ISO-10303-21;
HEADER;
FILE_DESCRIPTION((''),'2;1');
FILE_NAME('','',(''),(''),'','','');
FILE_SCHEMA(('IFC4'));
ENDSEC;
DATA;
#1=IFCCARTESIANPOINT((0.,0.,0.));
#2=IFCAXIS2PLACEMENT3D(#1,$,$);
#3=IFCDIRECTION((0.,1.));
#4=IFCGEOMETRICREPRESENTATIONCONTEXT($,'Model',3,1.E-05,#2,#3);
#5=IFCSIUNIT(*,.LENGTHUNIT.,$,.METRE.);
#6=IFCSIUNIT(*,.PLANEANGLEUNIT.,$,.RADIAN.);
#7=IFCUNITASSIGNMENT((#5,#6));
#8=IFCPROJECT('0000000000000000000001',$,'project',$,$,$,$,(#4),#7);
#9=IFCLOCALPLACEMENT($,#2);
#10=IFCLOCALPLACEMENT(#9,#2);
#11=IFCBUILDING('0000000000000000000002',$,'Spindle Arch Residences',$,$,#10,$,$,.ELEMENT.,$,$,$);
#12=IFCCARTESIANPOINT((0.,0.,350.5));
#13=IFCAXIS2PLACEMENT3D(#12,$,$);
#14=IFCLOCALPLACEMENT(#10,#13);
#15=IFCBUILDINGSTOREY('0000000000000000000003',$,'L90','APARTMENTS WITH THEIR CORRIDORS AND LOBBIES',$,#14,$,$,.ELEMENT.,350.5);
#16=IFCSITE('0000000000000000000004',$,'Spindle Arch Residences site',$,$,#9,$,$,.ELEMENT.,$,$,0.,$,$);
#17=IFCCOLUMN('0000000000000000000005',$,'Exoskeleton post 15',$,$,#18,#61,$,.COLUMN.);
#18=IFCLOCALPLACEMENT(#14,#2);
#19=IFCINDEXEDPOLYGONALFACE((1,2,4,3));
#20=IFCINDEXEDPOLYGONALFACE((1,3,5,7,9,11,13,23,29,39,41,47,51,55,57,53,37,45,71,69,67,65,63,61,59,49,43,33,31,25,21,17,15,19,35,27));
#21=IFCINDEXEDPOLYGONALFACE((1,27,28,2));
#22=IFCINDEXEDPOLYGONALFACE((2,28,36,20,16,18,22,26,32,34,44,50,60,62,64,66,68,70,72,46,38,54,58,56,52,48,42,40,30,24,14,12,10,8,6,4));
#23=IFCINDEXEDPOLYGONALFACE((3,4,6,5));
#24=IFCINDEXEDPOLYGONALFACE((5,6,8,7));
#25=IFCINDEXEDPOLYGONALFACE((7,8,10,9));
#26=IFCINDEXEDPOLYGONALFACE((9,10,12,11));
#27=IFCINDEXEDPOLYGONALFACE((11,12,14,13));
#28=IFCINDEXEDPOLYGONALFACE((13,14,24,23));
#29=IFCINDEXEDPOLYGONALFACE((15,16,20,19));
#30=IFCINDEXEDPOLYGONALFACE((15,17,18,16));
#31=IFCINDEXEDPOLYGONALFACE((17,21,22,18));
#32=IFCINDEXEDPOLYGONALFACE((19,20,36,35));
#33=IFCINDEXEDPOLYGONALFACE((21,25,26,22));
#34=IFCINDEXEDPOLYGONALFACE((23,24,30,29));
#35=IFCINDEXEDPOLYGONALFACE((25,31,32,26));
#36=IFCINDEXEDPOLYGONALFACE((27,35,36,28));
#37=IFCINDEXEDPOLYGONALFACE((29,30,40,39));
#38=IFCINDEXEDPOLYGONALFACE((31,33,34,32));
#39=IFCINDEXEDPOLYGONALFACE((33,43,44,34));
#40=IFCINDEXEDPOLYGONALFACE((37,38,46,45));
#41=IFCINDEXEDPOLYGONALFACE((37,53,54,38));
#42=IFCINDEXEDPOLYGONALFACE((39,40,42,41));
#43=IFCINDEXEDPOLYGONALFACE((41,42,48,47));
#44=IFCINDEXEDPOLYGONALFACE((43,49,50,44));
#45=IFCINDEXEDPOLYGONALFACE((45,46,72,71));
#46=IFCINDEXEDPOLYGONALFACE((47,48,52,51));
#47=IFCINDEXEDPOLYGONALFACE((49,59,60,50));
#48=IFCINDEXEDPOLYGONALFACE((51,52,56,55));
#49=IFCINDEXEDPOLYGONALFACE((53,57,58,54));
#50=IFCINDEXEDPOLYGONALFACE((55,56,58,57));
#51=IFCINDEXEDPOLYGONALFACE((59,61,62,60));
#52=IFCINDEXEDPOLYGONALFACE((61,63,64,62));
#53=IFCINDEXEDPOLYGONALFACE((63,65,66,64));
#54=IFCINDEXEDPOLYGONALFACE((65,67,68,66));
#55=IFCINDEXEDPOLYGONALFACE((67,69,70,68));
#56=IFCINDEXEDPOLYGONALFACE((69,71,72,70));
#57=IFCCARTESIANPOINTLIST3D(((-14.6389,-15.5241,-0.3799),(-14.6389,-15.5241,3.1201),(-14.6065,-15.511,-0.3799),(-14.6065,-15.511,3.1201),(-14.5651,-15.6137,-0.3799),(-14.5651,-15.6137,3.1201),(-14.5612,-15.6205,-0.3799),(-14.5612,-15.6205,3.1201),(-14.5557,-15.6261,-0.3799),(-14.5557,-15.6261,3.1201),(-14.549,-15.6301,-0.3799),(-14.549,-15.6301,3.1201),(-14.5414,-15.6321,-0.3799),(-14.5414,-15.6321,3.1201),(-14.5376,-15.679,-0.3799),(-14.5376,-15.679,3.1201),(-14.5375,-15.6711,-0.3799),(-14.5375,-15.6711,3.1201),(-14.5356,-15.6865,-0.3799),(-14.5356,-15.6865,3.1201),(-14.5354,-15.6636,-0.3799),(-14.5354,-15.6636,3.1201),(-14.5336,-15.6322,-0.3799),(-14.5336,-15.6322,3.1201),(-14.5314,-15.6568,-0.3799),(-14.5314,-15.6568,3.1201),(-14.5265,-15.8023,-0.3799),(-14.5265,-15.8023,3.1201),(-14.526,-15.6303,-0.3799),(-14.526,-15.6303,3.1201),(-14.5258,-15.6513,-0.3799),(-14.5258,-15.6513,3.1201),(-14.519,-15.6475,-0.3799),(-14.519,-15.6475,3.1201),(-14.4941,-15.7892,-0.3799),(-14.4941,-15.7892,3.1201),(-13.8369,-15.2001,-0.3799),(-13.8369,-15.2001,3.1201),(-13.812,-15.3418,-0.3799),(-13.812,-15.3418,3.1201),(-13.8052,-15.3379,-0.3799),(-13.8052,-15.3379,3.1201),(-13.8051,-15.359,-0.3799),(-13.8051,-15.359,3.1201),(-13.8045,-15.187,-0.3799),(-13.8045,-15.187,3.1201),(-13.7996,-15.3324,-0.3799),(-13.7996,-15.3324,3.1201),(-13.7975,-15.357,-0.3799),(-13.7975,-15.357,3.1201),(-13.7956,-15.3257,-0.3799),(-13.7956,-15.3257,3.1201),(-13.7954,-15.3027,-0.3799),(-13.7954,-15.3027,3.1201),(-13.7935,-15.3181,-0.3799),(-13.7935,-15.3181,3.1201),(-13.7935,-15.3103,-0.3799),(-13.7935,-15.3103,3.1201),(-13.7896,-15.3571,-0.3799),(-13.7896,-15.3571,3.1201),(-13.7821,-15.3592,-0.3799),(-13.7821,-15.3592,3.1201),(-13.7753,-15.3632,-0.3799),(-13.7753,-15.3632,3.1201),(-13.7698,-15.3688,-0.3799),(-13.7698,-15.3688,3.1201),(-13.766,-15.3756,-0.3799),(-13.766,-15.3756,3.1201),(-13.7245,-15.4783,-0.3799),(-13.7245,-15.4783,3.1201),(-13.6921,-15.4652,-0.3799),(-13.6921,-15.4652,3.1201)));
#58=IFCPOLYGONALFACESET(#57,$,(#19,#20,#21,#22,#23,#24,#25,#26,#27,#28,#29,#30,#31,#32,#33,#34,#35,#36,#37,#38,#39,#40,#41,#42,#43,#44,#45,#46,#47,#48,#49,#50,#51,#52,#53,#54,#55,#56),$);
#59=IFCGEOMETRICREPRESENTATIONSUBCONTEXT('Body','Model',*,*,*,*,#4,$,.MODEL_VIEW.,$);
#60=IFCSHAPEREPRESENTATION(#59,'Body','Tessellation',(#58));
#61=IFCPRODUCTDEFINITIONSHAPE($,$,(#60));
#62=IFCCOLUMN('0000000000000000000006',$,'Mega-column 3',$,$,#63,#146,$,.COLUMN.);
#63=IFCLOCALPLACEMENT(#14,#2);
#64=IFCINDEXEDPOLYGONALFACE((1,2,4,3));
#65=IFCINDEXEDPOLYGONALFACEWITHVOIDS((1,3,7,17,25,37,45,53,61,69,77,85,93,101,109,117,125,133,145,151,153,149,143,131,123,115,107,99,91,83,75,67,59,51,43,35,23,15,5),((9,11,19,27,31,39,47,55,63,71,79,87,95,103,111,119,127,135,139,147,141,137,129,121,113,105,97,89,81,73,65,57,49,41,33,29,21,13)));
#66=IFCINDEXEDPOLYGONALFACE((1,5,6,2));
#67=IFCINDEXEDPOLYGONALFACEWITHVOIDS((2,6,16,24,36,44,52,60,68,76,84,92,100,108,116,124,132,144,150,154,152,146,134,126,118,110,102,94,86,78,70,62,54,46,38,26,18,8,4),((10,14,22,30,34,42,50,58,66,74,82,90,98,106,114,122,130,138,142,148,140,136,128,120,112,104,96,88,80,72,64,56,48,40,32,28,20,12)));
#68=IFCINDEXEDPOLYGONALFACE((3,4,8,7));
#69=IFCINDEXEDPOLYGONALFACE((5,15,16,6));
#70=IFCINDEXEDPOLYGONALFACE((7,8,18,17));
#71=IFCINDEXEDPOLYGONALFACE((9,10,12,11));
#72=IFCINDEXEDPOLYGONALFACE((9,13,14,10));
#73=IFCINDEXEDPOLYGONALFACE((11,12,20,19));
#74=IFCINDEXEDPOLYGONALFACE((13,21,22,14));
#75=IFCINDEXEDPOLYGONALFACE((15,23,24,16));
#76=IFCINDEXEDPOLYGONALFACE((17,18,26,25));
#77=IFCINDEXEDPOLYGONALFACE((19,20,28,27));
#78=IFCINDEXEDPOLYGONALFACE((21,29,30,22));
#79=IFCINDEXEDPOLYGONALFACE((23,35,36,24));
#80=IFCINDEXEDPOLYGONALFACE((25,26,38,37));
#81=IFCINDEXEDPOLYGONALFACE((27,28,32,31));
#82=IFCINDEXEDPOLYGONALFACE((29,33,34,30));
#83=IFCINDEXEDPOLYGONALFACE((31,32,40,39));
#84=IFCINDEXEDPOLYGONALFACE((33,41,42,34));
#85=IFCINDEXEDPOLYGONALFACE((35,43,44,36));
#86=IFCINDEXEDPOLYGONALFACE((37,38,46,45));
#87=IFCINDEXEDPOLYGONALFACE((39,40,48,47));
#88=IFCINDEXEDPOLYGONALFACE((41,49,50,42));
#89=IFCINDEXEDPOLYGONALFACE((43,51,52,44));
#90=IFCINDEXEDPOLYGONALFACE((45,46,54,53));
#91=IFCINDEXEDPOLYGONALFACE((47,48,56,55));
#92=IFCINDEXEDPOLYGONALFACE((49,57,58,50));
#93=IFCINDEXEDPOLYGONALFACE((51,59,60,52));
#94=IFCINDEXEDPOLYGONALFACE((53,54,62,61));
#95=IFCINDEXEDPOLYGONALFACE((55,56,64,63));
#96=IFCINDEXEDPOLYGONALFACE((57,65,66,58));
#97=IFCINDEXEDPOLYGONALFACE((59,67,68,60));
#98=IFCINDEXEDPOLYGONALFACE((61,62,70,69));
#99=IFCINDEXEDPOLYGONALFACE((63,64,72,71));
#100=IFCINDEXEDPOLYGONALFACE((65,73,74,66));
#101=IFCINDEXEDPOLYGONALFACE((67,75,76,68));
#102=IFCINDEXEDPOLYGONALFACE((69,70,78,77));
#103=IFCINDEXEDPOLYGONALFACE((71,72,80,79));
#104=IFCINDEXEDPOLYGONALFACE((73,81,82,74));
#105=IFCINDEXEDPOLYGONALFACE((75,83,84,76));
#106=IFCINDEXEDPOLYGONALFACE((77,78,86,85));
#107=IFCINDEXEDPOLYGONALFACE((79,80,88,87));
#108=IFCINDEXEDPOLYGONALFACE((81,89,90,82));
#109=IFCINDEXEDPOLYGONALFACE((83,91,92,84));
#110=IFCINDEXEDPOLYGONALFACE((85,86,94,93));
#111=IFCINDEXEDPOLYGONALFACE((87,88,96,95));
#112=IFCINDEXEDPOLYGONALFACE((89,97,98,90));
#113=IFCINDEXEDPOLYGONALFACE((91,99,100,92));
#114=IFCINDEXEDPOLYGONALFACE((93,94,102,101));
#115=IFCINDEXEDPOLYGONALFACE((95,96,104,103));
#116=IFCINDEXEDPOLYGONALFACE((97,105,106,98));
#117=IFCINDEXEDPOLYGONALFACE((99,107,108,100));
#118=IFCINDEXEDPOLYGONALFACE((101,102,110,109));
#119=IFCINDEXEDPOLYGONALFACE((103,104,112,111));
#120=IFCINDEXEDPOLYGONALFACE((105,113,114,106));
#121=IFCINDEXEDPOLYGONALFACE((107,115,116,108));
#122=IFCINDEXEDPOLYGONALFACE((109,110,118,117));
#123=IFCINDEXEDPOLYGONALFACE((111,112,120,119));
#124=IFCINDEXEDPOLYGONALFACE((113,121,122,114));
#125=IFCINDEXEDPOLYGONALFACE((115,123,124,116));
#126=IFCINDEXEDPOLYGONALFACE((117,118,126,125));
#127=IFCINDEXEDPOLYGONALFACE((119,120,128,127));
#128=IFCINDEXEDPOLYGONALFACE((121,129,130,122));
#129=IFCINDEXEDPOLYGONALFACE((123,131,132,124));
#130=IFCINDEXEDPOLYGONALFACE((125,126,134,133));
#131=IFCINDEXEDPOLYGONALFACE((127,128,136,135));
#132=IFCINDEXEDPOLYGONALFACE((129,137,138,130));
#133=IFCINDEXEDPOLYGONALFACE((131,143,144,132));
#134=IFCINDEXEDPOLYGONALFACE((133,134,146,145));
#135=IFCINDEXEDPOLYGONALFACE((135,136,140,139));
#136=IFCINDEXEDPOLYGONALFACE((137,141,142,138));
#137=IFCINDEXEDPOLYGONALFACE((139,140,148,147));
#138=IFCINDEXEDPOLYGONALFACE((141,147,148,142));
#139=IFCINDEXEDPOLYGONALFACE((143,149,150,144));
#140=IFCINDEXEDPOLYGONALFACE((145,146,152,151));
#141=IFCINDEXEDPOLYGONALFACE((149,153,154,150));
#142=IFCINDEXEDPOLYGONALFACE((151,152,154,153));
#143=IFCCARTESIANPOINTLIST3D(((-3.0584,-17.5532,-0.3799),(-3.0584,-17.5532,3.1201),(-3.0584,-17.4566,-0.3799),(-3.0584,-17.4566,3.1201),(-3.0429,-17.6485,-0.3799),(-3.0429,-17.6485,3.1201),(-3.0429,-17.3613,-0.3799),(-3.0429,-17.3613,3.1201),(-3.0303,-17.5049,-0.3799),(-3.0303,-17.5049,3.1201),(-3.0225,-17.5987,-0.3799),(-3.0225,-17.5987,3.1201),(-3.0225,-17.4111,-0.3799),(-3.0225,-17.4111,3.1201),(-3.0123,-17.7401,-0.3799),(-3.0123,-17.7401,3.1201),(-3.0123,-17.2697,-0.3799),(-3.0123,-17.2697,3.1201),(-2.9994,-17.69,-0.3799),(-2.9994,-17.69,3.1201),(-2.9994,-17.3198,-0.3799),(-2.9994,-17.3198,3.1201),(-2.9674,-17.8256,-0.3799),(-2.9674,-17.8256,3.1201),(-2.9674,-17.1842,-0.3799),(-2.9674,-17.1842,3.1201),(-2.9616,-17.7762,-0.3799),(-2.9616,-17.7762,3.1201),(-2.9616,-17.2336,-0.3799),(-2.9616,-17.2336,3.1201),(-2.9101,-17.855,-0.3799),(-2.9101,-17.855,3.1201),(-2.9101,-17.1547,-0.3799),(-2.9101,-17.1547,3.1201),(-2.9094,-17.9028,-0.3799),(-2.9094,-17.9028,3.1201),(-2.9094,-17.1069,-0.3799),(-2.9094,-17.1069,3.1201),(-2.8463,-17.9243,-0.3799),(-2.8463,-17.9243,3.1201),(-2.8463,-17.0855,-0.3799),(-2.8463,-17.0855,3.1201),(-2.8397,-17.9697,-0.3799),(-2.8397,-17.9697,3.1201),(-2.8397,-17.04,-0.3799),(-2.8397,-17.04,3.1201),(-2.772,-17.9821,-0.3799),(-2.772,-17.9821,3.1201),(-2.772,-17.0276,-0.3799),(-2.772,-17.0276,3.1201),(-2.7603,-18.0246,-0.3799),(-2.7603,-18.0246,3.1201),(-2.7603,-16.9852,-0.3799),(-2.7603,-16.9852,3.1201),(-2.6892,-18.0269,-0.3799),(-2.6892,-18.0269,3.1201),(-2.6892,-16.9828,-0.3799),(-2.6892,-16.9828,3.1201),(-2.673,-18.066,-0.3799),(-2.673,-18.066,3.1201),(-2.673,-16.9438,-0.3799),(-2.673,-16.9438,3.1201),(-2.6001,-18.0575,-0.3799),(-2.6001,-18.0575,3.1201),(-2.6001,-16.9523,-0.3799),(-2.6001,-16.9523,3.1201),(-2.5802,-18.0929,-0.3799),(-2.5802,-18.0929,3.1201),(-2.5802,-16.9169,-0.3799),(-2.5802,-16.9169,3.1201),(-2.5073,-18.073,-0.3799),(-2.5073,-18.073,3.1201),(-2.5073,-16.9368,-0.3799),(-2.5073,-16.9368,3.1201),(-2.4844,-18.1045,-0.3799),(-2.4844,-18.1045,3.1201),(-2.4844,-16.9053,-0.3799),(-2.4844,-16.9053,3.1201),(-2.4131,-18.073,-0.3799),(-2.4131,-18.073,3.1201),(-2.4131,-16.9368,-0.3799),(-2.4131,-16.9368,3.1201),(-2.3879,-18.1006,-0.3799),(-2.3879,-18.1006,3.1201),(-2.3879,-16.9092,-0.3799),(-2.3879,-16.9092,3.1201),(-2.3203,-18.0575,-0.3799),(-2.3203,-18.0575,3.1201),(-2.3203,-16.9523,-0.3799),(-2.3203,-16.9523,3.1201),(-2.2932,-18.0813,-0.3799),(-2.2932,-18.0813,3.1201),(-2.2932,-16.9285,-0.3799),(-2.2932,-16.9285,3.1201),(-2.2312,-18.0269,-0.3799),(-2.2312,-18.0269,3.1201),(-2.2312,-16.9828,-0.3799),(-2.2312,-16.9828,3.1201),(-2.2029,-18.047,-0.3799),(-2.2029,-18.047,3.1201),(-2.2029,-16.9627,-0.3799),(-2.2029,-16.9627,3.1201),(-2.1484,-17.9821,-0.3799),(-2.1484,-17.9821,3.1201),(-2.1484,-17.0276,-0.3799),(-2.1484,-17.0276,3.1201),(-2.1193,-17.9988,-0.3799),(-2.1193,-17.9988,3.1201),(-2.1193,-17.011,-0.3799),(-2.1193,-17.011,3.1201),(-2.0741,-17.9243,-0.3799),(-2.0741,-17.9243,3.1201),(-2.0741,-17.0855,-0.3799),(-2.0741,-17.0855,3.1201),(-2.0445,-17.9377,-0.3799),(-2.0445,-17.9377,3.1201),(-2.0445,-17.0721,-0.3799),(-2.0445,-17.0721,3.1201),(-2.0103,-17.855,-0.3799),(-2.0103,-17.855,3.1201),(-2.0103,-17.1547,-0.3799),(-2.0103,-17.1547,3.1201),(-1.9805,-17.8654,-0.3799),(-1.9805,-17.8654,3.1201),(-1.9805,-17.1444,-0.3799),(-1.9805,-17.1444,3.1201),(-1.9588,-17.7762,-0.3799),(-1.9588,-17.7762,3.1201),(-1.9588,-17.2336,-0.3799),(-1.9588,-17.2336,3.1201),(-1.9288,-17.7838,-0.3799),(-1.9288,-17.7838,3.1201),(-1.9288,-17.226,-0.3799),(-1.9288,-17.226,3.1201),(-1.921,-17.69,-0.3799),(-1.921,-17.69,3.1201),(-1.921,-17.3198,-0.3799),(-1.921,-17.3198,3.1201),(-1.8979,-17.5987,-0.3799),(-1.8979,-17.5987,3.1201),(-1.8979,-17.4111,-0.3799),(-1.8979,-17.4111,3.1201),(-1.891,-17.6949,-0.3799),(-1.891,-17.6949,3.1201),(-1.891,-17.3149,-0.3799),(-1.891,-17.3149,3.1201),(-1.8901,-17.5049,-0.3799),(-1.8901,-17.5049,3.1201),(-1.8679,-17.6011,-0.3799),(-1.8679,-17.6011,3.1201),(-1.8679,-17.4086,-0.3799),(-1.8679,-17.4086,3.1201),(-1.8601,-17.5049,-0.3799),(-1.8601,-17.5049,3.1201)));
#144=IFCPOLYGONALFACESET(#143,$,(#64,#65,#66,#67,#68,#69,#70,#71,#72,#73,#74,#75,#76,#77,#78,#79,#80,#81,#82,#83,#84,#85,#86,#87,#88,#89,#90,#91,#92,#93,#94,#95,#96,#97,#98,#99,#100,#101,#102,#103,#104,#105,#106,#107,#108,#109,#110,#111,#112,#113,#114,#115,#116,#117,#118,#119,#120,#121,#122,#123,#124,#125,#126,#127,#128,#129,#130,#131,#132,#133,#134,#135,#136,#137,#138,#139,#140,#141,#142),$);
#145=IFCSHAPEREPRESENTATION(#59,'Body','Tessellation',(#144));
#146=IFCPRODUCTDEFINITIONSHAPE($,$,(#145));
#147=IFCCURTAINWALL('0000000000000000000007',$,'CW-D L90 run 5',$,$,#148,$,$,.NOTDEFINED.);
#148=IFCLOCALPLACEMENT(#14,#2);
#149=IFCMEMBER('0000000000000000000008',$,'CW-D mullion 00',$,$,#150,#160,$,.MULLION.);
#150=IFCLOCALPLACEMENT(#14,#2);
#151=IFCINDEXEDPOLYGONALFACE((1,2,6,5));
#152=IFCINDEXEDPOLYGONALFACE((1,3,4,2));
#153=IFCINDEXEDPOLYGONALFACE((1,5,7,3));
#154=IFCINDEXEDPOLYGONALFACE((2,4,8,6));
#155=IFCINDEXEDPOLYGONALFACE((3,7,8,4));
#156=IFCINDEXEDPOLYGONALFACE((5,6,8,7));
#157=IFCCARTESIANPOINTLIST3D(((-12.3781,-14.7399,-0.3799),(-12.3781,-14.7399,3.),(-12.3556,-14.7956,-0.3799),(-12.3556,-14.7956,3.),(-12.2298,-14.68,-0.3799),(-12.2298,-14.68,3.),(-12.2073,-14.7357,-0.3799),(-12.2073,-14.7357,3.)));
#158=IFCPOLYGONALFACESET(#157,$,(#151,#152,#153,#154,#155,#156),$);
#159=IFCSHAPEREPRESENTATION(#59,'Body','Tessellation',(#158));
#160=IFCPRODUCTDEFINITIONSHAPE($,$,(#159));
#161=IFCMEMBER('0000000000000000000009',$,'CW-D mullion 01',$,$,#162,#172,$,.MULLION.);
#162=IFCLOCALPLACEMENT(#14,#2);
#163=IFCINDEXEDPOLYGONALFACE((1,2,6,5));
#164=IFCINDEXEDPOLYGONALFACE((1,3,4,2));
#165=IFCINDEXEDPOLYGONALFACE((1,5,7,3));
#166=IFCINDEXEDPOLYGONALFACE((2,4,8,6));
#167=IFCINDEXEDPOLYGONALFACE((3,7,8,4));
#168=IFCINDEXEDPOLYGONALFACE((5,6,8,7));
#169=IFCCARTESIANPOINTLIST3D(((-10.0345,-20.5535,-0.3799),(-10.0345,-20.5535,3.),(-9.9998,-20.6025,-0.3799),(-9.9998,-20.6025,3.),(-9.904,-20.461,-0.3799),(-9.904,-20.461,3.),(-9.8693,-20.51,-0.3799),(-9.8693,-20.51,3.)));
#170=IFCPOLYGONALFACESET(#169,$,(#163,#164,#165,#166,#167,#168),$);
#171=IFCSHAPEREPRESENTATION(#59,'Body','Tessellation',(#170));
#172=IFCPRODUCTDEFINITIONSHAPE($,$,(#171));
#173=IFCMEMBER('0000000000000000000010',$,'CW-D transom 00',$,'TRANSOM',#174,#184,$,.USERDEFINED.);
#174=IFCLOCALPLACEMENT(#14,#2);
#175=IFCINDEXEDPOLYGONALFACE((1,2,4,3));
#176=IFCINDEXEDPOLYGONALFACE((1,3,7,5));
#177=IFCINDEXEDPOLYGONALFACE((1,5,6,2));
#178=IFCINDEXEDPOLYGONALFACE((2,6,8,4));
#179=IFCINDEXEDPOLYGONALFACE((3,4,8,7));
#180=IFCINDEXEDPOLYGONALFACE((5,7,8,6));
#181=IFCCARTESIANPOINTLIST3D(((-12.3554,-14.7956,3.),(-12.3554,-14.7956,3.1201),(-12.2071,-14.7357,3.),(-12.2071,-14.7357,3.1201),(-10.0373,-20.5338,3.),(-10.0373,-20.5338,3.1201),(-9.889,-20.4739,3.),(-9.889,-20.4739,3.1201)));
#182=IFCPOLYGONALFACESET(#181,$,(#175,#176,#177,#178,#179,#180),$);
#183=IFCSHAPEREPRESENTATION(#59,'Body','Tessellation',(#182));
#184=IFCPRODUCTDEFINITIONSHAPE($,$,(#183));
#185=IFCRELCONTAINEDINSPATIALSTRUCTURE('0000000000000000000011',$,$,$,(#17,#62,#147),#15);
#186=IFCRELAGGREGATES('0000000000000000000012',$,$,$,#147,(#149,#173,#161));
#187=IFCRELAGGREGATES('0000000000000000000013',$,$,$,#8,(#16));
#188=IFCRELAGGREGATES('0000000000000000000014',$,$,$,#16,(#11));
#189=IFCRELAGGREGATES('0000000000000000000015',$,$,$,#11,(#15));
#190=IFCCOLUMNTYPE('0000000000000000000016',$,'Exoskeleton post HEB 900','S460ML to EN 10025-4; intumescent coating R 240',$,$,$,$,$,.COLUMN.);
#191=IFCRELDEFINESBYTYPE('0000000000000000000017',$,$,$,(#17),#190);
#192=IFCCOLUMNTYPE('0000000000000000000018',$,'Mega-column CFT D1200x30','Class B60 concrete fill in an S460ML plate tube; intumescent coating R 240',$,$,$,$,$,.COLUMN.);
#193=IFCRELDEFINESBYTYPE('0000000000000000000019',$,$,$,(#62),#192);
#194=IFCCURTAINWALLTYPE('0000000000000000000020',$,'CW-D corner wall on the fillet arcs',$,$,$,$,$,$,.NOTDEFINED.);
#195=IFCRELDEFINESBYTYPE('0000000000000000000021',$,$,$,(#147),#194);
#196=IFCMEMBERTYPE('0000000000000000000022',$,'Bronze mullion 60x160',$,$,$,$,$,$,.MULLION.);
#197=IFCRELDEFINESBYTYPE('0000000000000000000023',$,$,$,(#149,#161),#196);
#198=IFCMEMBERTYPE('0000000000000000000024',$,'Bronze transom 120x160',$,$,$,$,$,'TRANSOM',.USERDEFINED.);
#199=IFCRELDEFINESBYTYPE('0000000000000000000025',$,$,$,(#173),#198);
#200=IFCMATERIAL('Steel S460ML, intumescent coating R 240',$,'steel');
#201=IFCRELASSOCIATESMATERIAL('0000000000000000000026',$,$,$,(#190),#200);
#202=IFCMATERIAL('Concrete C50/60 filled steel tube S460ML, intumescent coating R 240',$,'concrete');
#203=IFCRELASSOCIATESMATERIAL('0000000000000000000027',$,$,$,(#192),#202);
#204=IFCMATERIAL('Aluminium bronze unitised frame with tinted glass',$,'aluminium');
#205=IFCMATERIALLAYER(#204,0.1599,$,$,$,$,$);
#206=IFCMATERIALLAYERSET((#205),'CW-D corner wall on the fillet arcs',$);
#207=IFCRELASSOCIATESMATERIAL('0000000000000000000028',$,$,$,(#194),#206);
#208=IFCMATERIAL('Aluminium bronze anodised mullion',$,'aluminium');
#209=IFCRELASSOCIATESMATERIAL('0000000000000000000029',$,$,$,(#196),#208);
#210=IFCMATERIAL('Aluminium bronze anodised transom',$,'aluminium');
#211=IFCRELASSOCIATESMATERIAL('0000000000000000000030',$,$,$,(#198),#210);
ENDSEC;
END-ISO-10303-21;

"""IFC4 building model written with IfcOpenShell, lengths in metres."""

from ifc_helpers import new_model, si_unit, direction, frame, origin, origin_2d, place, context, subcontext, project, spatial, rectangle, hollow_circle, i_section, extrude, material, layer, layer_set, material_profile, profile_set, type_object, element, aggregate, save


model = new_model("IFC4")

# Units and contexts
model_context = context("Model", 3, precision=1e-05, world=origin(), true_north=direction((0.0, 1.0)))
body_context = subcontext(model_context, "Body", "Model", "MODEL_VIEW")
ifc_project = project(units=[si_unit("LENGTHUNIT", "METRE"), si_unit("PLANEANGLEUNIT", "RADIAN")], contexts=[model_context])

# Site, building, storey
site_placement = place(None, origin())
site = spatial("IfcSite", under=ifc_project, at=site_placement, Name="Spindle Arch Residences site", CompositionType="ELEMENT", RefElevation=0.0)
building_placement = place(site_placement, origin())
building = spatial("IfcBuilding", under=site, at=building_placement, Name="Spindle Arch Residences", CompositionType="ELEMENT")
storey_placement = place(building_placement, frame((0.0, 0.0, 350.5)))
storey = spatial("IfcBuildingStorey", under=building, at=storey_placement, Name="L90", Description="APARTMENTS WITH THEIR CORRIDORS AND LOBBIES", CompositionType="ELEMENT", Elevation=350.5)

# Columns
ifc_material_1 = material(Name="Steel S460ML, intumescent coating R 240", Category="steel")
ifc_material_profile_1 = material_profile(ifc_material_1, i_section(OverallWidth=0.3, OverallDepth=0.8999, WebThickness=0.0186, FlangeThickness=0.0349, FilletRadius=0.03, at=origin_2d()), Name="HEB 900")
ifc_profile_set_1 = profile_set([ifc_material_profile_1], Name="Steel S460ML, intumescent coating R 240")
column_type_1 = type_object("IfcColumnType", Name="Exoskeleton post HEB 900", Description="S460ML to EN 10025-4; intumescent coating R 240", PredefinedType="COLUMN", material=ifc_profile_set_1)
column_1_placement = place(storey_placement, frame((-14.1655, -15.4946, -0.3799), z_axis=(0.0, 0.0, 1.0), x_axis=(-0.374607, 0.927184, 0.0)))
element("IfcColumn", 1, at=column_1_placement, inside=storey, type_object=column_type_1, Name="Exoskeleton post 15", PredefinedType="COLUMN", context=body_context, shape_type="SweptSolid", body=[
    extrude(i_section(OverallWidth=0.3, OverallDepth=0.8999, WebThickness=0.0186, FlangeThickness=0.0349, FilletRadius=0.03, at=origin_2d()), origin(), (0.0, 0.0, 1.0), 3.5),
])
ifc_material_2 = material(Name="Concrete C50/60 filled steel tube S460ML, intumescent coating R 240", Category="concrete")
ifc_material_profile_2 = material_profile(ifc_material_2, hollow_circle(Radius=0.6001, WallThickness=0.03, at=origin_2d()), Name="CFT D1200x30")
ifc_profile_set_2 = profile_set([ifc_material_profile_2], Name="Concrete C50/60 filled steel tube S460ML, intumescent coating R 240")
column_type_2 = type_object("IfcColumnType", Name="Mega-column CFT D1200x30", Description="Class B60 concrete fill in an S460ML plate tube; intumescent coating R 240", PredefinedType="COLUMN", material=ifc_profile_set_2)
column_2_placement = place(storey_placement, frame((-2.4602, -17.5049, -0.3799), z_axis=(0.0, 0.0, 1.0), x_axis=(1.0, 0.0, 0.0)))
element("IfcColumn", 2, at=column_2_placement, inside=storey, type_object=column_type_2, Name="Mega-column 3", PredefinedType="COLUMN", context=body_context, shape_type="SweptSolid", body=[
    extrude(hollow_circle(Radius=0.6001, WallThickness=0.03, at=origin_2d()), origin(), (0.0, 0.0, 1.0), 3.5),
])

# Curtain wall, members
ifc_material_3 = material(Name="Aluminium bronze unitised frame with tinted glass", Category="aluminium")
ifc_layer_1 = layer(ifc_material_3, 0.1599)
ifc_layer_set_1 = layer_set([ifc_layer_1], Name="CW-D corner wall on the fillet arcs")
curtain_wall_type_1 = type_object("IfcCurtainWallType", Name="CW-D corner wall on the fillet arcs", PredefinedType="NOTDEFINED", material=ifc_layer_set_1)
curtain_wall_1_placement = place(storey_placement, origin())
curtain_wall_1 = element("IfcCurtainWall", 3, at=curtain_wall_1_placement, inside=storey, type_object=curtain_wall_type_1, Name="CW-D L90 run 5", PredefinedType="NOTDEFINED")
ifc_material_4 = material(Name="Aluminium bronze anodised mullion", Category="aluminium")
ifc_material_profile_3 = material_profile(ifc_material_4, rectangle(XDim=0.1599, YDim=0.0601, at=origin_2d()), Name="MU 60x160")
ifc_profile_set_3 = profile_set([ifc_material_profile_3], Name="Aluminium bronze anodised mullion")
member_type_1 = type_object("IfcMemberType", Name="Bronze mullion 60x160", PredefinedType="MULLION", material=ifc_profile_set_3)
member_1_placement = place(storey_placement, frame((-12.2927, -14.7378, -0.3799), z_axis=(0.0, 0.0, 1.0), x_axis=(0.927184, 0.374607, 0.0)))
member_1 = element("IfcMember", 4, at=member_1_placement, type_object=member_type_1, Name="CW-D mullion 00", PredefinedType="MULLION", context=body_context, shape_type="SweptSolid", body=[
    extrude(rectangle(XDim=0.1599, YDim=0.0601, at=origin_2d()), origin(), (0.0, 0.0, 1.0), 3.3799),
])
member_2_placement = place(storey_placement, frame((-9.9519, -20.5317, -0.3799), z_axis=(0.0, 0.0, 1.0), x_axis=(0.815801, 0.578332, 0.0)))
member_2 = element("IfcMember", 5, at=member_2_placement, type_object=member_type_1, Name="CW-D mullion 01", PredefinedType="MULLION", context=body_context, shape_type="SweptSolid", body=[
    extrude(rectangle(XDim=0.1599, YDim=0.0601, at=origin_2d()), origin(), (0.0, 0.0, 1.0), 3.3799),
])
ifc_material_5 = material(Name="Aluminium bronze anodised transom", Category="aluminium")
ifc_material_profile_4 = material_profile(ifc_material_5, rectangle(XDim=0.1599, YDim=0.1201, at=origin_2d()), Name="TR 120x160")
ifc_profile_set_4 = profile_set([ifc_material_profile_4], Name="Aluminium bronze anodised transom")
member_type_2 = type_object("IfcMemberType", Name="Bronze transom 120x160", ElementType="TRANSOM", PredefinedType="USERDEFINED", material=ifc_profile_set_4)
member_3_placement = place(storey_placement, frame((-12.2812, -14.7656, 3.0601), z_axis=(0.374565, -0.927201, 0.0), x_axis=(0.927201, 0.374565, 0.0)))
member_3 = element("IfcMember", 6, at=member_3_placement, type_object=member_type_2, Name="CW-D transom 00", ObjectType="TRANSOM", PredefinedType="USERDEFINED", context=body_context, shape_type="SweptSolid", body=[
    extrude(rectangle(XDim=0.1599, YDim=0.1201, at=origin_2d()), origin(), (0.0, 0.0, 1.0), 6.1887),
])

aggregate(curtain_wall_1, [member_1, member_3, member_2])

save(model, "model.ifc")
